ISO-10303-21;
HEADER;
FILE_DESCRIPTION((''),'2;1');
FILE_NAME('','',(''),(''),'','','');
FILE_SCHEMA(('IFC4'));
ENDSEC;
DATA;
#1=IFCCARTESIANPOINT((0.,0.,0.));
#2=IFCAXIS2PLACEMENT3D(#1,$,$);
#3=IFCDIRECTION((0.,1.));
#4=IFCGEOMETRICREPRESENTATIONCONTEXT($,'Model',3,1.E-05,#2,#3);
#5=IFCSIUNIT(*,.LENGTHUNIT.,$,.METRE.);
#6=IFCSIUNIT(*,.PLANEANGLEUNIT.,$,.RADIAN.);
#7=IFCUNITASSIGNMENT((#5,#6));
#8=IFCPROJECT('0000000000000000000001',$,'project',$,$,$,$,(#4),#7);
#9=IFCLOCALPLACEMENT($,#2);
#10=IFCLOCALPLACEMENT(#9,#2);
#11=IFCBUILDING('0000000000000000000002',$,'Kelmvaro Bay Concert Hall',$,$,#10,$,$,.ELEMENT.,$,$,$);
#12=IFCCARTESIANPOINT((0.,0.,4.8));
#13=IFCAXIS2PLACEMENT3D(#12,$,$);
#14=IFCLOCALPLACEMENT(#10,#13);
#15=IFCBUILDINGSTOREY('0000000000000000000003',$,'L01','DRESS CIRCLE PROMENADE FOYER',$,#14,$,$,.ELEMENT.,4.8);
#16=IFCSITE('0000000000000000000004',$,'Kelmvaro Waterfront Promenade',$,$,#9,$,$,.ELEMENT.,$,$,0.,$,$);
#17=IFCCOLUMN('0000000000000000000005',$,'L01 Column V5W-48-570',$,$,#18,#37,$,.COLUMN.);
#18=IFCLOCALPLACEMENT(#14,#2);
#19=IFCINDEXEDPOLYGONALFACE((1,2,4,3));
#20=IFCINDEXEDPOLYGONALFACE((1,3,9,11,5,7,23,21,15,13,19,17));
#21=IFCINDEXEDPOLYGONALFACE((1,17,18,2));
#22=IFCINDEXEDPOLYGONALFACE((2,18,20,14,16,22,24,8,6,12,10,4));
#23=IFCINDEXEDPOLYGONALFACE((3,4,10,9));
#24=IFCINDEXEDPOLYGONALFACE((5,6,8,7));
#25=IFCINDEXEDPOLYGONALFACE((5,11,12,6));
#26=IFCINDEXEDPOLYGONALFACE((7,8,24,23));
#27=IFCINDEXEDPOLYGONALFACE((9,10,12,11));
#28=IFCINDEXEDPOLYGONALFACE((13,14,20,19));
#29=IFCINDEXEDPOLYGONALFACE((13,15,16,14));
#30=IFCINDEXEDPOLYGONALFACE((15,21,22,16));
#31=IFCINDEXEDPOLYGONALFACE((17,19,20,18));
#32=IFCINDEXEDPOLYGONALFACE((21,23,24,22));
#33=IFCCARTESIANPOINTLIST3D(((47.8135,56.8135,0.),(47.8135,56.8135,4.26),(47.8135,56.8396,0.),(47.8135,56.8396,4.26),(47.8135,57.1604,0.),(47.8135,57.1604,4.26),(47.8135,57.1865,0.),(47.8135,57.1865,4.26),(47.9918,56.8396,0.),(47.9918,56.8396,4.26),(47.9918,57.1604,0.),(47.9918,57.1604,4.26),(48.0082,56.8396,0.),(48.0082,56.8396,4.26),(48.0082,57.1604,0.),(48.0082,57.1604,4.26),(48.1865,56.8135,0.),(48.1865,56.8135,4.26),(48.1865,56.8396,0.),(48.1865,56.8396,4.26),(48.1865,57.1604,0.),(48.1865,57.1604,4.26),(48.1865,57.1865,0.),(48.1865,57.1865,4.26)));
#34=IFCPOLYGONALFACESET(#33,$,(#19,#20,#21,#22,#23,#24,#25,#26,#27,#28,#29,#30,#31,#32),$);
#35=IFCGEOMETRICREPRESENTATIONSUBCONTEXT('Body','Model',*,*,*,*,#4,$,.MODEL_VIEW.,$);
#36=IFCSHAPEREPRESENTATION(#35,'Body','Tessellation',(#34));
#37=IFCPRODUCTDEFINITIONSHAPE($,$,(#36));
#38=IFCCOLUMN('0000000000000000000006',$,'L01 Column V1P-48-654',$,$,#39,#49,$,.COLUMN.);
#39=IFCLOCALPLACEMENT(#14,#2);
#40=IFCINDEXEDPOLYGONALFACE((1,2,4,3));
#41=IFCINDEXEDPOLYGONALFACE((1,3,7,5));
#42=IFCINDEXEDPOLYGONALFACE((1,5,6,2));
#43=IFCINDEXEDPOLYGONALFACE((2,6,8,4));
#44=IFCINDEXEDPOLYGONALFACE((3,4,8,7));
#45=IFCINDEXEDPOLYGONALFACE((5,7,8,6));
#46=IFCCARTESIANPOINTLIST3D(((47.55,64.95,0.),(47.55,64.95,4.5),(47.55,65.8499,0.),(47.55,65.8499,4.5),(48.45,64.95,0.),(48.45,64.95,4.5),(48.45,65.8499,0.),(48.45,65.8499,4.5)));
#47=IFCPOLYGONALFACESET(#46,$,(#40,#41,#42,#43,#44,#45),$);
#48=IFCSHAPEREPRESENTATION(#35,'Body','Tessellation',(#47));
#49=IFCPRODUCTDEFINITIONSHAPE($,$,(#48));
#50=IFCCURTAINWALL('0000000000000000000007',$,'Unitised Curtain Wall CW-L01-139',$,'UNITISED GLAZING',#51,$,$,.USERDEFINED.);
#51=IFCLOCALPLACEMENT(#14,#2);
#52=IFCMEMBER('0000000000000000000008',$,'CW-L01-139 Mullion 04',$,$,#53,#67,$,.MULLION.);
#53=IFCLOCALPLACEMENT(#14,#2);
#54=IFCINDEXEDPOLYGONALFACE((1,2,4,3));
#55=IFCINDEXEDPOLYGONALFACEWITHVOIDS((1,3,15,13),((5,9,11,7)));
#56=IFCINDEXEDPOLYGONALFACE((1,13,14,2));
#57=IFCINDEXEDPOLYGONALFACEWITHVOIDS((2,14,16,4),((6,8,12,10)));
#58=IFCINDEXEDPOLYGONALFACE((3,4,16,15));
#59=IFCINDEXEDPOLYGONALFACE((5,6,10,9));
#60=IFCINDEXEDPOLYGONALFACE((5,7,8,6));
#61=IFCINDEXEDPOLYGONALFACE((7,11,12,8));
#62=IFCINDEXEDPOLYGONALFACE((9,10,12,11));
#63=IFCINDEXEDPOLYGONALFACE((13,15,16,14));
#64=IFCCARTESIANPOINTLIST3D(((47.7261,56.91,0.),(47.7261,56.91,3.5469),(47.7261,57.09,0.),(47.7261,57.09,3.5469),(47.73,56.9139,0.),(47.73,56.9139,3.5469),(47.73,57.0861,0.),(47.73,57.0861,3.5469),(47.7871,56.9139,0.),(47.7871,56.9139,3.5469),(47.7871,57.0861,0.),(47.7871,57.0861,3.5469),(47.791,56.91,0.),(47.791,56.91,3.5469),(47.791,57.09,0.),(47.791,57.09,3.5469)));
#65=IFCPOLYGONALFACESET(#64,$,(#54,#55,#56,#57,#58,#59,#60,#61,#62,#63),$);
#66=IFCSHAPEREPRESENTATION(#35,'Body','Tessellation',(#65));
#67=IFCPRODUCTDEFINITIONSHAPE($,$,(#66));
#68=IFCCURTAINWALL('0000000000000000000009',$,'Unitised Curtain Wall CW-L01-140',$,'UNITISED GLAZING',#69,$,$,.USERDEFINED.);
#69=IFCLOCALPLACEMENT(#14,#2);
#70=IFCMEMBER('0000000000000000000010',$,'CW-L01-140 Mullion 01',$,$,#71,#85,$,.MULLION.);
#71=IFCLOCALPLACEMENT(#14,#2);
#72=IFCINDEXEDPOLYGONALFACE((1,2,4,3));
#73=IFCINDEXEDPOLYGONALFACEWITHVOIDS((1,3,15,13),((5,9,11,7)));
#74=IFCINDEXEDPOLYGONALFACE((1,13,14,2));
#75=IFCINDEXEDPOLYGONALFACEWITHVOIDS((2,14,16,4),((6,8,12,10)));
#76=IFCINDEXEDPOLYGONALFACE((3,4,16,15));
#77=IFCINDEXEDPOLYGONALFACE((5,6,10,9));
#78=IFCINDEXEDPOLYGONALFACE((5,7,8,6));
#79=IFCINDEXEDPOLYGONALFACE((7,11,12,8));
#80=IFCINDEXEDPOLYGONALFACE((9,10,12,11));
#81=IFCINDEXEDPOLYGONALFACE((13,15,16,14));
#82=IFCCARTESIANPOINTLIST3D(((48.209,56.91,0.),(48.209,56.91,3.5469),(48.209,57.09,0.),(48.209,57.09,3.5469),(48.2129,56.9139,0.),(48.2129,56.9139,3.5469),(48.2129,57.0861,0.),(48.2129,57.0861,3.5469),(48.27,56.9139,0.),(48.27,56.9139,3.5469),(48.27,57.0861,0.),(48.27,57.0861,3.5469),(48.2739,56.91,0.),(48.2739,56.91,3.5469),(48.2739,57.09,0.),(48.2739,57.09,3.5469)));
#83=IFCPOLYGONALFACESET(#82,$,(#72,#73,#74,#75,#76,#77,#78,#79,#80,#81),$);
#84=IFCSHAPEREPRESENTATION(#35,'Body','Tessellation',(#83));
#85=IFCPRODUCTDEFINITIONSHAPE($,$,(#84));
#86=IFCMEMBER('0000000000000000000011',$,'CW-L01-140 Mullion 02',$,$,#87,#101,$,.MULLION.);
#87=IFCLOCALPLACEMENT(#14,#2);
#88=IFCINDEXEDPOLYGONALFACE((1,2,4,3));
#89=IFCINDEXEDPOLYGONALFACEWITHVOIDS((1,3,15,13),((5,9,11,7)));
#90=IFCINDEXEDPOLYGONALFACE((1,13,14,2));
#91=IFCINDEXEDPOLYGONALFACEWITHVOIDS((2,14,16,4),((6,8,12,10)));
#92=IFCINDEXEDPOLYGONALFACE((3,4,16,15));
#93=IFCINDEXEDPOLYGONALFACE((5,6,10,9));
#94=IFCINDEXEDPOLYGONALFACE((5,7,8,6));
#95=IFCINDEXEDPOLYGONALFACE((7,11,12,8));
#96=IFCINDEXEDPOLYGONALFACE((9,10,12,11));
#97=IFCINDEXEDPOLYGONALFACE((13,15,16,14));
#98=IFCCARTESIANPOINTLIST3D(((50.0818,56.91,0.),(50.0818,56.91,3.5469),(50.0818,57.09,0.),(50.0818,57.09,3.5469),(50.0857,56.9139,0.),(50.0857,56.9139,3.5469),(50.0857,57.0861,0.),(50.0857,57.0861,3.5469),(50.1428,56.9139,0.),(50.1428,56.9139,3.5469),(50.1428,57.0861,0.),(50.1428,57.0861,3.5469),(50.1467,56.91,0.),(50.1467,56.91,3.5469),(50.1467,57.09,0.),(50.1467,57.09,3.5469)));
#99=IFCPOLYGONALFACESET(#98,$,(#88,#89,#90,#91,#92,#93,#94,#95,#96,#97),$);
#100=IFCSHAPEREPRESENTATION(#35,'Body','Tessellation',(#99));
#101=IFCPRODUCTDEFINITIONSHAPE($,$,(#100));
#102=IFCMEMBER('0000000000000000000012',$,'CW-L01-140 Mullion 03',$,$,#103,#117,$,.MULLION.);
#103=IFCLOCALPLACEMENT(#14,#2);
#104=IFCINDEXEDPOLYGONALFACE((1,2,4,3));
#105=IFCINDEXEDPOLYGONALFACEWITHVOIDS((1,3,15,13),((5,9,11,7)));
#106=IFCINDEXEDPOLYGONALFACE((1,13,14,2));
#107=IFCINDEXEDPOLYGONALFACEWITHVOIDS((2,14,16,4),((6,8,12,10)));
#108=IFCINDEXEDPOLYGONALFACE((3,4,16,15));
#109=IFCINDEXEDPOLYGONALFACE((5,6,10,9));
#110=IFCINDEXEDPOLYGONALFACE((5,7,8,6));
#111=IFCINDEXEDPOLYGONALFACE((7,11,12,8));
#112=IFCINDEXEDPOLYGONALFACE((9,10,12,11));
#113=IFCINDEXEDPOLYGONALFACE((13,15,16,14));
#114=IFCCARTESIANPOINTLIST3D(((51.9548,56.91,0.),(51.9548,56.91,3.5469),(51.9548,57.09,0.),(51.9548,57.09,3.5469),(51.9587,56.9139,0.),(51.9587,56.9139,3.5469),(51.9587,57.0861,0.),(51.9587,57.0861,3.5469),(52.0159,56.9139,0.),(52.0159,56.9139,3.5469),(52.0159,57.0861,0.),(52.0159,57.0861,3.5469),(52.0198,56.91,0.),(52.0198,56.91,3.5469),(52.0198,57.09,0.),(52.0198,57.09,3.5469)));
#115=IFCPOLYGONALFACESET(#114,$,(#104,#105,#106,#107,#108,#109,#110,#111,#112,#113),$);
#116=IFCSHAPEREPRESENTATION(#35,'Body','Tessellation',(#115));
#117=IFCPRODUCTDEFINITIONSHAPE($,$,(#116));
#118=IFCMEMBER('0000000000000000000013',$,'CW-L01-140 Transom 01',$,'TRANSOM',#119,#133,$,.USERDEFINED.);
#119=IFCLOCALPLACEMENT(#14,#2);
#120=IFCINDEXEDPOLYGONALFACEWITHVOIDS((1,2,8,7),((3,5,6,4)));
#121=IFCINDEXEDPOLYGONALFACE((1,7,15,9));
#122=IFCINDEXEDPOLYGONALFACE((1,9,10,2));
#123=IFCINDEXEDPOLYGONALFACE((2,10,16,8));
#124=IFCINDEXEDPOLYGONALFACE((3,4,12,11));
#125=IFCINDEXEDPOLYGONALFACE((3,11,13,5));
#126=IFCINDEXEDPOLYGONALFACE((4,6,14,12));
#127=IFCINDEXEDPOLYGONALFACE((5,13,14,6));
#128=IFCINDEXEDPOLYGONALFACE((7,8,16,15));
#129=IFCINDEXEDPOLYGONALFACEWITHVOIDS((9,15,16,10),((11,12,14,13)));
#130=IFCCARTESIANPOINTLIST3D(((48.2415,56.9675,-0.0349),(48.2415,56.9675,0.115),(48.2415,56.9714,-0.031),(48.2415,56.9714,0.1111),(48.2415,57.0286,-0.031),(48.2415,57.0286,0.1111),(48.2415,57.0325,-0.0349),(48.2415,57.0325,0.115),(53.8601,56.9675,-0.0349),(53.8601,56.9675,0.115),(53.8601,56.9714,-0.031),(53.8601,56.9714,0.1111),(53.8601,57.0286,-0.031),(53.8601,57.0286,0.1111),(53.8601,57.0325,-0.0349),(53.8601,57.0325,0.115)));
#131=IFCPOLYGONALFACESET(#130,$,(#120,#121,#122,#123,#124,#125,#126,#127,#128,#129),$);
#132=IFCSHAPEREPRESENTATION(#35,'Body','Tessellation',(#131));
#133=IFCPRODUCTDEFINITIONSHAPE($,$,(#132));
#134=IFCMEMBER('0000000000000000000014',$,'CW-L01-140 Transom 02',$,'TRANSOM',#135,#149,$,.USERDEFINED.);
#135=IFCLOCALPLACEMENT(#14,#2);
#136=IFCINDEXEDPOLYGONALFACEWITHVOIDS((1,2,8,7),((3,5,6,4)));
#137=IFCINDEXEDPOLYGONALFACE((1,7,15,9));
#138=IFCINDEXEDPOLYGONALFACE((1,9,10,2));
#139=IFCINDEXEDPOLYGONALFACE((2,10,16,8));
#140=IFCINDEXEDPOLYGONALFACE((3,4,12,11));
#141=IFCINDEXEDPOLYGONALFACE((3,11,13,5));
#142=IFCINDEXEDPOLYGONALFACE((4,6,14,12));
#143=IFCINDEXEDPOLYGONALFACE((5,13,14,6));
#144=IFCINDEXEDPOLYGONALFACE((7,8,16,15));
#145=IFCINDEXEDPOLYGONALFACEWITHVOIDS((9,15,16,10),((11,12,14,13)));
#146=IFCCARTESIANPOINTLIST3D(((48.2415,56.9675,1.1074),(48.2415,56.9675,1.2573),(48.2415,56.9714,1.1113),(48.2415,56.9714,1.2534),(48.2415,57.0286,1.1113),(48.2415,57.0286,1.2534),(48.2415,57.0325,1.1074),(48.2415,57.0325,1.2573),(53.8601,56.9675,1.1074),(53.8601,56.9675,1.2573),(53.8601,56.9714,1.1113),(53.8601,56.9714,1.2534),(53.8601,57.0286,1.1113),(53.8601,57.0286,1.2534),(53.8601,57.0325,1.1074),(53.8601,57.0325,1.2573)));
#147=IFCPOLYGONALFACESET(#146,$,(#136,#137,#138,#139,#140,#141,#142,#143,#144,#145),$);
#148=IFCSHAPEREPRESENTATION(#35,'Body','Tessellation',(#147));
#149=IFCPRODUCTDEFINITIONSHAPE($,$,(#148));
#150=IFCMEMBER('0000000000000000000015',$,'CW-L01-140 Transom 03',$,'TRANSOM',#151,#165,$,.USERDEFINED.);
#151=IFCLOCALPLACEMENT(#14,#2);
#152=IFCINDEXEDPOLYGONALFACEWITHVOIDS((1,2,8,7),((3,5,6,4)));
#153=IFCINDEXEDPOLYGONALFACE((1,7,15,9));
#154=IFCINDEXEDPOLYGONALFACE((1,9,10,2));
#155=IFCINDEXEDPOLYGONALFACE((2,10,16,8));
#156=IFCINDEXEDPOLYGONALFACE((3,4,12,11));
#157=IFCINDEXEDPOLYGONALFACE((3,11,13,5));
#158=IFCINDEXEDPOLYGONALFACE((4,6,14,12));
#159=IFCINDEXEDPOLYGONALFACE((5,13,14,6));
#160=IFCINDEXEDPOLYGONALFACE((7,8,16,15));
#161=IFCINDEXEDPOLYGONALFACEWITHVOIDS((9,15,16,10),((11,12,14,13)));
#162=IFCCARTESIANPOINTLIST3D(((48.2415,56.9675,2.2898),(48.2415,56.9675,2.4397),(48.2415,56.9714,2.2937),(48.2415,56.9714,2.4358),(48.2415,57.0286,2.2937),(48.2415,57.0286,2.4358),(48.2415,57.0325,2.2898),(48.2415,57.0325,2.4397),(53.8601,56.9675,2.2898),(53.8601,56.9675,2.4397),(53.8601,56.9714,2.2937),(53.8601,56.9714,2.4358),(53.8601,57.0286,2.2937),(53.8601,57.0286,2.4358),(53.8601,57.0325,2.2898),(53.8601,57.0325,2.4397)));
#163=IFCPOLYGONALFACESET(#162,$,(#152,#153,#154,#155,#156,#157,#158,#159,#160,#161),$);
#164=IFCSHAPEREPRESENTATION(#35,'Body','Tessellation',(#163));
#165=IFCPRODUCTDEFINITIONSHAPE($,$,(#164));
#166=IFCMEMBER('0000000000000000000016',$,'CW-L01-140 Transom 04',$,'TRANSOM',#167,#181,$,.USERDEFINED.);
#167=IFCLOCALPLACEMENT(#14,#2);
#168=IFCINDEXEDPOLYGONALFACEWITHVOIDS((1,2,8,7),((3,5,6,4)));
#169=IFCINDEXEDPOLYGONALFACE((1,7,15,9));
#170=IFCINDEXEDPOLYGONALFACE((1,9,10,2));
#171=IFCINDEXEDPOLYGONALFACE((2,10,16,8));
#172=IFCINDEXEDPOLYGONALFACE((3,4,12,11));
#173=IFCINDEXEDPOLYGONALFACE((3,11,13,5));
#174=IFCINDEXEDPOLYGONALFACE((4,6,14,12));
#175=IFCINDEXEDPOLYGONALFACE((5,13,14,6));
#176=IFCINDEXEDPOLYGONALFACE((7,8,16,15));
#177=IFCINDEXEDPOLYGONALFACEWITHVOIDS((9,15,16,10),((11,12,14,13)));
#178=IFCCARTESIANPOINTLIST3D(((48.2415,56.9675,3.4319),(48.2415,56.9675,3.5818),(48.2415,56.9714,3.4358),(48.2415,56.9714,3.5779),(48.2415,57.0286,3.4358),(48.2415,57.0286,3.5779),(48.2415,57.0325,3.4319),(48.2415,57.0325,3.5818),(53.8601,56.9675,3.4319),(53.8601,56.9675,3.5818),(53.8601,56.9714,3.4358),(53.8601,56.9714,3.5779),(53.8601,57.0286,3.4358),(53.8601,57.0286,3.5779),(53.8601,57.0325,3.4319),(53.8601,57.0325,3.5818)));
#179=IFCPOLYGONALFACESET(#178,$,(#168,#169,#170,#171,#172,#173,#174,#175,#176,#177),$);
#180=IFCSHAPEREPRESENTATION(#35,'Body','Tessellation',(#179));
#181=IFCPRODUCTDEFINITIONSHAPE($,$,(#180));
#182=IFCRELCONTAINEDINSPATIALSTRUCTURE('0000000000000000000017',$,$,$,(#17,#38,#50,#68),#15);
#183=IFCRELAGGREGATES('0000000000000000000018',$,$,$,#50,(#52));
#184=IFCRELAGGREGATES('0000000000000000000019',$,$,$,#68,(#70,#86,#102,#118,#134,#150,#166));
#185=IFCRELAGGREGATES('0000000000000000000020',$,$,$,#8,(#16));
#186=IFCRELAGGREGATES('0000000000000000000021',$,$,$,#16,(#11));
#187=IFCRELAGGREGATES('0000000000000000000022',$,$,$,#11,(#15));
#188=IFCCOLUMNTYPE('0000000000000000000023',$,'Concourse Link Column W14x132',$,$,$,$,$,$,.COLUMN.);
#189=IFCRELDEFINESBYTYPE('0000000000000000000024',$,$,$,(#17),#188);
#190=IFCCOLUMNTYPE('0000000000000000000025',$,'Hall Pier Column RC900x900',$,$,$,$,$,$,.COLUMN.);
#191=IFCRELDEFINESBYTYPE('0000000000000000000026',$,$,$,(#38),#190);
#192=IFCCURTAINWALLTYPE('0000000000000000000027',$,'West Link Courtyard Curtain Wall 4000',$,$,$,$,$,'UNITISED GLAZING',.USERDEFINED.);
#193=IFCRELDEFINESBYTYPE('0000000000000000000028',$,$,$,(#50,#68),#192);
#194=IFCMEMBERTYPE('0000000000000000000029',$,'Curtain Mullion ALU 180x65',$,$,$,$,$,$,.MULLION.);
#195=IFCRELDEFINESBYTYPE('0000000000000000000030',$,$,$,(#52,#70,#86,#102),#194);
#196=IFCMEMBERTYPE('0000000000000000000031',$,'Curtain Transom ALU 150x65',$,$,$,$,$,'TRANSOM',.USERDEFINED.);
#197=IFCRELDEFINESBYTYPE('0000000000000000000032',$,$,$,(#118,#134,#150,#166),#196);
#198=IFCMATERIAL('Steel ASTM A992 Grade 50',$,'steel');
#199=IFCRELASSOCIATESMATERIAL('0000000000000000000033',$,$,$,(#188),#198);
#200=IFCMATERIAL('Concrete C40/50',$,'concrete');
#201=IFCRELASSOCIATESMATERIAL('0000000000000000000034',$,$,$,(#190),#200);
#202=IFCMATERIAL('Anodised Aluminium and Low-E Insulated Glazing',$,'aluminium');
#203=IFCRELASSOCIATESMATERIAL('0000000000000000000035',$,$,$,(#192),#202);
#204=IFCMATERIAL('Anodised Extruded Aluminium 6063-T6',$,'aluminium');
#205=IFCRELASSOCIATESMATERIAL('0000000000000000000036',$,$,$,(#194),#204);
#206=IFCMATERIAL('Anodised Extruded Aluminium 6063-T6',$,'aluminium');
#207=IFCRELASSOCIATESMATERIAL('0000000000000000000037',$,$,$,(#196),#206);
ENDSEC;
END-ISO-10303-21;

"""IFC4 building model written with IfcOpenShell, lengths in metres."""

from ifc_helpers import new_model, si_unit, direction, frame, origin, origin_2d, place, context, subcontext, project, spatial, rectangle, hollow_rectangle, i_section, extrude, material, material_profile, profile_set, type_object, element, aggregate, save


model = new_model("IFC4")

# Units and contexts
model_context = context("Model", 3, precision=1e-05, world=origin(), true_north=direction((0.0, 1.0)))
body_context = subcontext(model_context, "Body", "Model", "MODEL_VIEW")
ifc_project = project(units=[si_unit("LENGTHUNIT", "METRE"), si_unit("PLANEANGLEUNIT", "RADIAN")], contexts=[model_context])

# Site, building, storey
site_placement = place(None, origin())
site = spatial("IfcSite", under=ifc_project, at=site_placement, Name="Kelmvaro Waterfront Promenade", CompositionType="ELEMENT", RefElevation=0.0)
building_placement = place(site_placement, origin())
building = spatial("IfcBuilding", under=site, at=building_placement, Name="Kelmvaro Bay Concert Hall", CompositionType="ELEMENT")
storey_placement = place(building_placement, frame((0.0, 0.0, 4.8)))
storey = spatial("IfcBuildingStorey", under=building, at=storey_placement, Name="L01", Description="DRESS CIRCLE PROMENADE FOYER", CompositionType="ELEMENT", Elevation=4.8)

# Columns
ifc_material_1 = material(Name="Steel ASTM A992 Grade 50", Category="steel")
ifc_material_profile_1 = material_profile(ifc_material_1, i_section(OverallWidth=0.373, OverallDepth=0.373, WebThickness=0.0164, FlangeThickness=0.0261, at=origin_2d()), Name="W14X132")
ifc_profile_set_1 = profile_set([ifc_material_profile_1], Name="Steel ASTM A992 Grade 50")
column_type_1 = type_object("IfcColumnType", Name="Concourse Link Column W14x132", PredefinedType="COLUMN", material=ifc_profile_set_1)
column_1_placement = place(storey_placement, frame((48.0, 57.0, 0.0), z_axis=(0.0, 0.0, 1.0), x_axis=(1.0, 0.0, 0.0)))
element("IfcColumn", 1, at=column_1_placement, inside=storey, type_object=column_type_1, Name="L01 Column V5W-48-570", PredefinedType="COLUMN", context=body_context, shape_type="SweptSolid", body=[
    extrude(i_section(OverallWidth=0.373, OverallDepth=0.373, WebThickness=0.0164, FlangeThickness=0.0261, at=origin_2d()), origin(), (0.0, 0.0, 1.0), 4.26),
])
ifc_material_2 = material(Name="Concrete C40/50", Category="concrete")
ifc_material_profile_2 = material_profile(ifc_material_2, rectangle(XDim=0.8999, YDim=0.8999, at=origin_2d()), Name="RC-COL-900X900")
ifc_profile_set_2 = profile_set([ifc_material_profile_2], Name="Concrete C40/50")
column_type_2 = type_object("IfcColumnType", Name="Hall Pier Column RC900x900", PredefinedType="COLUMN", material=ifc_profile_set_2)
column_2_placement = place(storey_placement, frame((48.0, 65.3999, 0.0), z_axis=(0.0, 0.0, 1.0), x_axis=(1.0, 0.0, 0.0)))
element("IfcColumn", 2, at=column_2_placement, inside=storey, type_object=column_type_2, Name="L01 Column V1P-48-654", PredefinedType="COLUMN", context=body_context, shape_type="SweptSolid", body=[
    extrude(rectangle(XDim=0.8999, YDim=0.8999, at=origin_2d()), origin(), (0.0, 0.0, 1.0), 4.5),
])

# Curtain wall, member
ifc_material_3 = material(Name="Anodised Aluminium and Low-E Insulated Glazing", Category="aluminium")
curtain_wall_type_1 = type_object("IfcCurtainWallType", Name="West Link Courtyard Curtain Wall 4000", ElementType="UNITISED GLAZING", PredefinedType="USERDEFINED", material=ifc_material_3)
curtain_wall_1_placement = place(storey_placement, origin())
curtain_wall_1 = element("IfcCurtainWall", 3, at=curtain_wall_1_placement, inside=storey, type_object=curtain_wall_type_1, Name="Unitised Curtain Wall CW-L01-139", ObjectType="UNITISED GLAZING", PredefinedType="USERDEFINED")
ifc_material_4 = material(Name="Anodised Extruded Aluminium 6063-T6", Category="aluminium")
ifc_material_profile_3 = material_profile(ifc_material_4, hollow_rectangle(XDim=0.0649, YDim=0.1799, WallThickness=0.0039, at=origin_2d()), Name="ALU-MUL-180X65")
ifc_profile_set_3 = profile_set([ifc_material_profile_3], Name="Anodised Extruded Aluminium 6063-T6")
member_type_1 = type_object("IfcMemberType", Name="Curtain Mullion ALU 180x65", PredefinedType="MULLION", material=ifc_profile_set_3)
member_1_placement = place(storey_placement, frame((47.7585, 57.0, 0.0), z_axis=(0.0, 0.0, 1.0), x_axis=(1.0, 0.0, 0.0)))
member_1 = element("IfcMember", 4, at=member_1_placement, type_object=member_type_1, Name="CW-L01-139 Mullion 04", PredefinedType="MULLION", context=body_context, shape_type="SweptSolid", body=[
    extrude(hollow_rectangle(XDim=0.0649, YDim=0.1799, WallThickness=0.0039, at=origin_2d()), origin(), (0.0, 0.0, 1.0), 3.5469),
])

# Curtain wall, members
curtain_wall_2_placement = place(storey_placement, origin())
curtain_wall_2 = element("IfcCurtainWall", 5, at=curtain_wall_2_placement, inside=storey, type_object=curtain_wall_type_1, Name="Unitised Curtain Wall CW-L01-140", ObjectType="UNITISED GLAZING", PredefinedType="USERDEFINED")
member_2_placement = place(storey_placement, frame((48.2415, 57.0, 0.0), z_axis=(0.0, 0.0, 1.0), x_axis=(1.0, 0.0, 0.0)))
member_2 = element("IfcMember", 6, at=member_2_placement, type_object=member_type_1, Name="CW-L01-140 Mullion 01", PredefinedType="MULLION", context=body_context, shape_type="SweptSolid", body=[
    extrude(hollow_rectangle(XDim=0.0649, YDim=0.1799, WallThickness=0.0039, at=origin_2d()), origin(), (0.0, 0.0, 1.0), 3.5469),
])
member_3_placement = place(storey_placement, frame((50.1143, 57.0, 0.0), z_axis=(0.0, 0.0, 1.0), x_axis=(1.0, 0.0, 0.0)))
member_3 = element("IfcMember", 7, at=member_3_placement, type_object=member_type_1, Name="CW-L01-140 Mullion 02", PredefinedType="MULLION", context=body_context, shape_type="SweptSolid", body=[
    extrude(hollow_rectangle(XDim=0.0649, YDim=0.1799, WallThickness=0.0039, at=origin_2d()), origin(), (0.0, 0.0, 1.0), 3.5469),
])
member_4_placement = place(storey_placement, frame((51.9873, 57.0, 0.0), z_axis=(0.0, 0.0, 1.0), x_axis=(1.0, 0.0, 0.0)))
member_4 = element("IfcMember", 8, at=member_4_placement, type_object=member_type_1, Name="CW-L01-140 Mullion 03", PredefinedType="MULLION", context=body_context, shape_type="SweptSolid", body=[
    extrude(hollow_rectangle(XDim=0.0649, YDim=0.1799, WallThickness=0.0039, at=origin_2d()), origin(), (0.0, 0.0, 1.0), 3.5469),
])
ifc_material_5 = material(Name="Anodised Extruded Aluminium 6063-T6", Category="aluminium")
ifc_material_profile_4 = material_profile(ifc_material_5, hollow_rectangle(XDim=0.0649, YDim=0.1499, WallThickness=0.0039, at=origin_2d()), Name="ALU-TRN-150X65")
ifc_profile_set_4 = profile_set([ifc_material_profile_4], Name="Anodised Extruded Aluminium 6063-T6")
member_type_2 = type_object("IfcMemberType", Name="Curtain Transom ALU 150x65", ElementType="TRANSOM", PredefinedType="USERDEFINED", material=ifc_profile_set_4)
member_5_placement = place(storey_placement, frame((48.2415, 57.0, 0.04), z_axis=(1.0, 0.0, 0.0), x_axis=(0.0, 1.0, 0.0)))
member_5 = element("IfcMember", 9, at=member_5_placement, type_object=member_type_2, Name="CW-L01-140 Transom 01", ObjectType="TRANSOM", PredefinedType="USERDEFINED", context=body_context, shape_type="SweptSolid", body=[
    extrude(hollow_rectangle(XDim=0.0649, YDim=0.1499, WallThickness=0.0039, at=origin_2d()), origin(), (0.0, 0.0, 1.0), 5.6187),
])
member_6_placement = place(storey_placement, frame((48.2415, 57.0, 1.1824), z_axis=(1.0, 0.0, 0.0), x_axis=(0.0, 1.0, 0.0)))
member_6 = element("IfcMember", 10, at=member_6_placement, type_object=member_type_2, Name="CW-L01-140 Transom 02", ObjectType="TRANSOM", PredefinedType="USERDEFINED", context=body_context, shape_type="SweptSolid", body=[
    extrude(hollow_rectangle(XDim=0.0649, YDim=0.1499, WallThickness=0.0039, at=origin_2d()), origin(), (0.0, 0.0, 1.0), 5.6187),
])
member_7_placement = place(storey_placement, frame((48.2415, 57.0, 2.3647), z_axis=(1.0, 0.0, 0.0), x_axis=(0.0, 1.0, 0.0)))
member_7 = element("IfcMember", 11, at=member_7_placement, type_object=member_type_2, Name="CW-L01-140 Transom 03", ObjectType="TRANSOM", PredefinedType="USERDEFINED", context=body_context, shape_type="SweptSolid", body=[
    extrude(hollow_rectangle(XDim=0.0649, YDim=0.1499, WallThickness=0.0039, at=origin_2d()), origin(), (0.0, 0.0, 1.0), 5.6187),
])
member_8_placement = place(storey_placement, frame((48.2415, 57.0, 3.5068), z_axis=(1.0, 0.0, 0.0), x_axis=(0.0, 1.0, 0.0)))
member_8 = element("IfcMember", 12, at=member_8_placement, type_object=member_type_2, Name="CW-L01-140 Transom 04", ObjectType="TRANSOM", PredefinedType="USERDEFINED", context=body_context, shape_type="SweptSolid", body=[
    extrude(hollow_rectangle(XDim=0.0649, YDim=0.1499, WallThickness=0.0039, at=origin_2d()), origin(), (0.0, 0.0, 1.0), 5.6187),
])

aggregate(curtain_wall_1, [member_1])
aggregate(curtain_wall_2, [member_2, member_3, member_4, member_5, member_6, member_7, member_8])

save(model, "model.ifc")
